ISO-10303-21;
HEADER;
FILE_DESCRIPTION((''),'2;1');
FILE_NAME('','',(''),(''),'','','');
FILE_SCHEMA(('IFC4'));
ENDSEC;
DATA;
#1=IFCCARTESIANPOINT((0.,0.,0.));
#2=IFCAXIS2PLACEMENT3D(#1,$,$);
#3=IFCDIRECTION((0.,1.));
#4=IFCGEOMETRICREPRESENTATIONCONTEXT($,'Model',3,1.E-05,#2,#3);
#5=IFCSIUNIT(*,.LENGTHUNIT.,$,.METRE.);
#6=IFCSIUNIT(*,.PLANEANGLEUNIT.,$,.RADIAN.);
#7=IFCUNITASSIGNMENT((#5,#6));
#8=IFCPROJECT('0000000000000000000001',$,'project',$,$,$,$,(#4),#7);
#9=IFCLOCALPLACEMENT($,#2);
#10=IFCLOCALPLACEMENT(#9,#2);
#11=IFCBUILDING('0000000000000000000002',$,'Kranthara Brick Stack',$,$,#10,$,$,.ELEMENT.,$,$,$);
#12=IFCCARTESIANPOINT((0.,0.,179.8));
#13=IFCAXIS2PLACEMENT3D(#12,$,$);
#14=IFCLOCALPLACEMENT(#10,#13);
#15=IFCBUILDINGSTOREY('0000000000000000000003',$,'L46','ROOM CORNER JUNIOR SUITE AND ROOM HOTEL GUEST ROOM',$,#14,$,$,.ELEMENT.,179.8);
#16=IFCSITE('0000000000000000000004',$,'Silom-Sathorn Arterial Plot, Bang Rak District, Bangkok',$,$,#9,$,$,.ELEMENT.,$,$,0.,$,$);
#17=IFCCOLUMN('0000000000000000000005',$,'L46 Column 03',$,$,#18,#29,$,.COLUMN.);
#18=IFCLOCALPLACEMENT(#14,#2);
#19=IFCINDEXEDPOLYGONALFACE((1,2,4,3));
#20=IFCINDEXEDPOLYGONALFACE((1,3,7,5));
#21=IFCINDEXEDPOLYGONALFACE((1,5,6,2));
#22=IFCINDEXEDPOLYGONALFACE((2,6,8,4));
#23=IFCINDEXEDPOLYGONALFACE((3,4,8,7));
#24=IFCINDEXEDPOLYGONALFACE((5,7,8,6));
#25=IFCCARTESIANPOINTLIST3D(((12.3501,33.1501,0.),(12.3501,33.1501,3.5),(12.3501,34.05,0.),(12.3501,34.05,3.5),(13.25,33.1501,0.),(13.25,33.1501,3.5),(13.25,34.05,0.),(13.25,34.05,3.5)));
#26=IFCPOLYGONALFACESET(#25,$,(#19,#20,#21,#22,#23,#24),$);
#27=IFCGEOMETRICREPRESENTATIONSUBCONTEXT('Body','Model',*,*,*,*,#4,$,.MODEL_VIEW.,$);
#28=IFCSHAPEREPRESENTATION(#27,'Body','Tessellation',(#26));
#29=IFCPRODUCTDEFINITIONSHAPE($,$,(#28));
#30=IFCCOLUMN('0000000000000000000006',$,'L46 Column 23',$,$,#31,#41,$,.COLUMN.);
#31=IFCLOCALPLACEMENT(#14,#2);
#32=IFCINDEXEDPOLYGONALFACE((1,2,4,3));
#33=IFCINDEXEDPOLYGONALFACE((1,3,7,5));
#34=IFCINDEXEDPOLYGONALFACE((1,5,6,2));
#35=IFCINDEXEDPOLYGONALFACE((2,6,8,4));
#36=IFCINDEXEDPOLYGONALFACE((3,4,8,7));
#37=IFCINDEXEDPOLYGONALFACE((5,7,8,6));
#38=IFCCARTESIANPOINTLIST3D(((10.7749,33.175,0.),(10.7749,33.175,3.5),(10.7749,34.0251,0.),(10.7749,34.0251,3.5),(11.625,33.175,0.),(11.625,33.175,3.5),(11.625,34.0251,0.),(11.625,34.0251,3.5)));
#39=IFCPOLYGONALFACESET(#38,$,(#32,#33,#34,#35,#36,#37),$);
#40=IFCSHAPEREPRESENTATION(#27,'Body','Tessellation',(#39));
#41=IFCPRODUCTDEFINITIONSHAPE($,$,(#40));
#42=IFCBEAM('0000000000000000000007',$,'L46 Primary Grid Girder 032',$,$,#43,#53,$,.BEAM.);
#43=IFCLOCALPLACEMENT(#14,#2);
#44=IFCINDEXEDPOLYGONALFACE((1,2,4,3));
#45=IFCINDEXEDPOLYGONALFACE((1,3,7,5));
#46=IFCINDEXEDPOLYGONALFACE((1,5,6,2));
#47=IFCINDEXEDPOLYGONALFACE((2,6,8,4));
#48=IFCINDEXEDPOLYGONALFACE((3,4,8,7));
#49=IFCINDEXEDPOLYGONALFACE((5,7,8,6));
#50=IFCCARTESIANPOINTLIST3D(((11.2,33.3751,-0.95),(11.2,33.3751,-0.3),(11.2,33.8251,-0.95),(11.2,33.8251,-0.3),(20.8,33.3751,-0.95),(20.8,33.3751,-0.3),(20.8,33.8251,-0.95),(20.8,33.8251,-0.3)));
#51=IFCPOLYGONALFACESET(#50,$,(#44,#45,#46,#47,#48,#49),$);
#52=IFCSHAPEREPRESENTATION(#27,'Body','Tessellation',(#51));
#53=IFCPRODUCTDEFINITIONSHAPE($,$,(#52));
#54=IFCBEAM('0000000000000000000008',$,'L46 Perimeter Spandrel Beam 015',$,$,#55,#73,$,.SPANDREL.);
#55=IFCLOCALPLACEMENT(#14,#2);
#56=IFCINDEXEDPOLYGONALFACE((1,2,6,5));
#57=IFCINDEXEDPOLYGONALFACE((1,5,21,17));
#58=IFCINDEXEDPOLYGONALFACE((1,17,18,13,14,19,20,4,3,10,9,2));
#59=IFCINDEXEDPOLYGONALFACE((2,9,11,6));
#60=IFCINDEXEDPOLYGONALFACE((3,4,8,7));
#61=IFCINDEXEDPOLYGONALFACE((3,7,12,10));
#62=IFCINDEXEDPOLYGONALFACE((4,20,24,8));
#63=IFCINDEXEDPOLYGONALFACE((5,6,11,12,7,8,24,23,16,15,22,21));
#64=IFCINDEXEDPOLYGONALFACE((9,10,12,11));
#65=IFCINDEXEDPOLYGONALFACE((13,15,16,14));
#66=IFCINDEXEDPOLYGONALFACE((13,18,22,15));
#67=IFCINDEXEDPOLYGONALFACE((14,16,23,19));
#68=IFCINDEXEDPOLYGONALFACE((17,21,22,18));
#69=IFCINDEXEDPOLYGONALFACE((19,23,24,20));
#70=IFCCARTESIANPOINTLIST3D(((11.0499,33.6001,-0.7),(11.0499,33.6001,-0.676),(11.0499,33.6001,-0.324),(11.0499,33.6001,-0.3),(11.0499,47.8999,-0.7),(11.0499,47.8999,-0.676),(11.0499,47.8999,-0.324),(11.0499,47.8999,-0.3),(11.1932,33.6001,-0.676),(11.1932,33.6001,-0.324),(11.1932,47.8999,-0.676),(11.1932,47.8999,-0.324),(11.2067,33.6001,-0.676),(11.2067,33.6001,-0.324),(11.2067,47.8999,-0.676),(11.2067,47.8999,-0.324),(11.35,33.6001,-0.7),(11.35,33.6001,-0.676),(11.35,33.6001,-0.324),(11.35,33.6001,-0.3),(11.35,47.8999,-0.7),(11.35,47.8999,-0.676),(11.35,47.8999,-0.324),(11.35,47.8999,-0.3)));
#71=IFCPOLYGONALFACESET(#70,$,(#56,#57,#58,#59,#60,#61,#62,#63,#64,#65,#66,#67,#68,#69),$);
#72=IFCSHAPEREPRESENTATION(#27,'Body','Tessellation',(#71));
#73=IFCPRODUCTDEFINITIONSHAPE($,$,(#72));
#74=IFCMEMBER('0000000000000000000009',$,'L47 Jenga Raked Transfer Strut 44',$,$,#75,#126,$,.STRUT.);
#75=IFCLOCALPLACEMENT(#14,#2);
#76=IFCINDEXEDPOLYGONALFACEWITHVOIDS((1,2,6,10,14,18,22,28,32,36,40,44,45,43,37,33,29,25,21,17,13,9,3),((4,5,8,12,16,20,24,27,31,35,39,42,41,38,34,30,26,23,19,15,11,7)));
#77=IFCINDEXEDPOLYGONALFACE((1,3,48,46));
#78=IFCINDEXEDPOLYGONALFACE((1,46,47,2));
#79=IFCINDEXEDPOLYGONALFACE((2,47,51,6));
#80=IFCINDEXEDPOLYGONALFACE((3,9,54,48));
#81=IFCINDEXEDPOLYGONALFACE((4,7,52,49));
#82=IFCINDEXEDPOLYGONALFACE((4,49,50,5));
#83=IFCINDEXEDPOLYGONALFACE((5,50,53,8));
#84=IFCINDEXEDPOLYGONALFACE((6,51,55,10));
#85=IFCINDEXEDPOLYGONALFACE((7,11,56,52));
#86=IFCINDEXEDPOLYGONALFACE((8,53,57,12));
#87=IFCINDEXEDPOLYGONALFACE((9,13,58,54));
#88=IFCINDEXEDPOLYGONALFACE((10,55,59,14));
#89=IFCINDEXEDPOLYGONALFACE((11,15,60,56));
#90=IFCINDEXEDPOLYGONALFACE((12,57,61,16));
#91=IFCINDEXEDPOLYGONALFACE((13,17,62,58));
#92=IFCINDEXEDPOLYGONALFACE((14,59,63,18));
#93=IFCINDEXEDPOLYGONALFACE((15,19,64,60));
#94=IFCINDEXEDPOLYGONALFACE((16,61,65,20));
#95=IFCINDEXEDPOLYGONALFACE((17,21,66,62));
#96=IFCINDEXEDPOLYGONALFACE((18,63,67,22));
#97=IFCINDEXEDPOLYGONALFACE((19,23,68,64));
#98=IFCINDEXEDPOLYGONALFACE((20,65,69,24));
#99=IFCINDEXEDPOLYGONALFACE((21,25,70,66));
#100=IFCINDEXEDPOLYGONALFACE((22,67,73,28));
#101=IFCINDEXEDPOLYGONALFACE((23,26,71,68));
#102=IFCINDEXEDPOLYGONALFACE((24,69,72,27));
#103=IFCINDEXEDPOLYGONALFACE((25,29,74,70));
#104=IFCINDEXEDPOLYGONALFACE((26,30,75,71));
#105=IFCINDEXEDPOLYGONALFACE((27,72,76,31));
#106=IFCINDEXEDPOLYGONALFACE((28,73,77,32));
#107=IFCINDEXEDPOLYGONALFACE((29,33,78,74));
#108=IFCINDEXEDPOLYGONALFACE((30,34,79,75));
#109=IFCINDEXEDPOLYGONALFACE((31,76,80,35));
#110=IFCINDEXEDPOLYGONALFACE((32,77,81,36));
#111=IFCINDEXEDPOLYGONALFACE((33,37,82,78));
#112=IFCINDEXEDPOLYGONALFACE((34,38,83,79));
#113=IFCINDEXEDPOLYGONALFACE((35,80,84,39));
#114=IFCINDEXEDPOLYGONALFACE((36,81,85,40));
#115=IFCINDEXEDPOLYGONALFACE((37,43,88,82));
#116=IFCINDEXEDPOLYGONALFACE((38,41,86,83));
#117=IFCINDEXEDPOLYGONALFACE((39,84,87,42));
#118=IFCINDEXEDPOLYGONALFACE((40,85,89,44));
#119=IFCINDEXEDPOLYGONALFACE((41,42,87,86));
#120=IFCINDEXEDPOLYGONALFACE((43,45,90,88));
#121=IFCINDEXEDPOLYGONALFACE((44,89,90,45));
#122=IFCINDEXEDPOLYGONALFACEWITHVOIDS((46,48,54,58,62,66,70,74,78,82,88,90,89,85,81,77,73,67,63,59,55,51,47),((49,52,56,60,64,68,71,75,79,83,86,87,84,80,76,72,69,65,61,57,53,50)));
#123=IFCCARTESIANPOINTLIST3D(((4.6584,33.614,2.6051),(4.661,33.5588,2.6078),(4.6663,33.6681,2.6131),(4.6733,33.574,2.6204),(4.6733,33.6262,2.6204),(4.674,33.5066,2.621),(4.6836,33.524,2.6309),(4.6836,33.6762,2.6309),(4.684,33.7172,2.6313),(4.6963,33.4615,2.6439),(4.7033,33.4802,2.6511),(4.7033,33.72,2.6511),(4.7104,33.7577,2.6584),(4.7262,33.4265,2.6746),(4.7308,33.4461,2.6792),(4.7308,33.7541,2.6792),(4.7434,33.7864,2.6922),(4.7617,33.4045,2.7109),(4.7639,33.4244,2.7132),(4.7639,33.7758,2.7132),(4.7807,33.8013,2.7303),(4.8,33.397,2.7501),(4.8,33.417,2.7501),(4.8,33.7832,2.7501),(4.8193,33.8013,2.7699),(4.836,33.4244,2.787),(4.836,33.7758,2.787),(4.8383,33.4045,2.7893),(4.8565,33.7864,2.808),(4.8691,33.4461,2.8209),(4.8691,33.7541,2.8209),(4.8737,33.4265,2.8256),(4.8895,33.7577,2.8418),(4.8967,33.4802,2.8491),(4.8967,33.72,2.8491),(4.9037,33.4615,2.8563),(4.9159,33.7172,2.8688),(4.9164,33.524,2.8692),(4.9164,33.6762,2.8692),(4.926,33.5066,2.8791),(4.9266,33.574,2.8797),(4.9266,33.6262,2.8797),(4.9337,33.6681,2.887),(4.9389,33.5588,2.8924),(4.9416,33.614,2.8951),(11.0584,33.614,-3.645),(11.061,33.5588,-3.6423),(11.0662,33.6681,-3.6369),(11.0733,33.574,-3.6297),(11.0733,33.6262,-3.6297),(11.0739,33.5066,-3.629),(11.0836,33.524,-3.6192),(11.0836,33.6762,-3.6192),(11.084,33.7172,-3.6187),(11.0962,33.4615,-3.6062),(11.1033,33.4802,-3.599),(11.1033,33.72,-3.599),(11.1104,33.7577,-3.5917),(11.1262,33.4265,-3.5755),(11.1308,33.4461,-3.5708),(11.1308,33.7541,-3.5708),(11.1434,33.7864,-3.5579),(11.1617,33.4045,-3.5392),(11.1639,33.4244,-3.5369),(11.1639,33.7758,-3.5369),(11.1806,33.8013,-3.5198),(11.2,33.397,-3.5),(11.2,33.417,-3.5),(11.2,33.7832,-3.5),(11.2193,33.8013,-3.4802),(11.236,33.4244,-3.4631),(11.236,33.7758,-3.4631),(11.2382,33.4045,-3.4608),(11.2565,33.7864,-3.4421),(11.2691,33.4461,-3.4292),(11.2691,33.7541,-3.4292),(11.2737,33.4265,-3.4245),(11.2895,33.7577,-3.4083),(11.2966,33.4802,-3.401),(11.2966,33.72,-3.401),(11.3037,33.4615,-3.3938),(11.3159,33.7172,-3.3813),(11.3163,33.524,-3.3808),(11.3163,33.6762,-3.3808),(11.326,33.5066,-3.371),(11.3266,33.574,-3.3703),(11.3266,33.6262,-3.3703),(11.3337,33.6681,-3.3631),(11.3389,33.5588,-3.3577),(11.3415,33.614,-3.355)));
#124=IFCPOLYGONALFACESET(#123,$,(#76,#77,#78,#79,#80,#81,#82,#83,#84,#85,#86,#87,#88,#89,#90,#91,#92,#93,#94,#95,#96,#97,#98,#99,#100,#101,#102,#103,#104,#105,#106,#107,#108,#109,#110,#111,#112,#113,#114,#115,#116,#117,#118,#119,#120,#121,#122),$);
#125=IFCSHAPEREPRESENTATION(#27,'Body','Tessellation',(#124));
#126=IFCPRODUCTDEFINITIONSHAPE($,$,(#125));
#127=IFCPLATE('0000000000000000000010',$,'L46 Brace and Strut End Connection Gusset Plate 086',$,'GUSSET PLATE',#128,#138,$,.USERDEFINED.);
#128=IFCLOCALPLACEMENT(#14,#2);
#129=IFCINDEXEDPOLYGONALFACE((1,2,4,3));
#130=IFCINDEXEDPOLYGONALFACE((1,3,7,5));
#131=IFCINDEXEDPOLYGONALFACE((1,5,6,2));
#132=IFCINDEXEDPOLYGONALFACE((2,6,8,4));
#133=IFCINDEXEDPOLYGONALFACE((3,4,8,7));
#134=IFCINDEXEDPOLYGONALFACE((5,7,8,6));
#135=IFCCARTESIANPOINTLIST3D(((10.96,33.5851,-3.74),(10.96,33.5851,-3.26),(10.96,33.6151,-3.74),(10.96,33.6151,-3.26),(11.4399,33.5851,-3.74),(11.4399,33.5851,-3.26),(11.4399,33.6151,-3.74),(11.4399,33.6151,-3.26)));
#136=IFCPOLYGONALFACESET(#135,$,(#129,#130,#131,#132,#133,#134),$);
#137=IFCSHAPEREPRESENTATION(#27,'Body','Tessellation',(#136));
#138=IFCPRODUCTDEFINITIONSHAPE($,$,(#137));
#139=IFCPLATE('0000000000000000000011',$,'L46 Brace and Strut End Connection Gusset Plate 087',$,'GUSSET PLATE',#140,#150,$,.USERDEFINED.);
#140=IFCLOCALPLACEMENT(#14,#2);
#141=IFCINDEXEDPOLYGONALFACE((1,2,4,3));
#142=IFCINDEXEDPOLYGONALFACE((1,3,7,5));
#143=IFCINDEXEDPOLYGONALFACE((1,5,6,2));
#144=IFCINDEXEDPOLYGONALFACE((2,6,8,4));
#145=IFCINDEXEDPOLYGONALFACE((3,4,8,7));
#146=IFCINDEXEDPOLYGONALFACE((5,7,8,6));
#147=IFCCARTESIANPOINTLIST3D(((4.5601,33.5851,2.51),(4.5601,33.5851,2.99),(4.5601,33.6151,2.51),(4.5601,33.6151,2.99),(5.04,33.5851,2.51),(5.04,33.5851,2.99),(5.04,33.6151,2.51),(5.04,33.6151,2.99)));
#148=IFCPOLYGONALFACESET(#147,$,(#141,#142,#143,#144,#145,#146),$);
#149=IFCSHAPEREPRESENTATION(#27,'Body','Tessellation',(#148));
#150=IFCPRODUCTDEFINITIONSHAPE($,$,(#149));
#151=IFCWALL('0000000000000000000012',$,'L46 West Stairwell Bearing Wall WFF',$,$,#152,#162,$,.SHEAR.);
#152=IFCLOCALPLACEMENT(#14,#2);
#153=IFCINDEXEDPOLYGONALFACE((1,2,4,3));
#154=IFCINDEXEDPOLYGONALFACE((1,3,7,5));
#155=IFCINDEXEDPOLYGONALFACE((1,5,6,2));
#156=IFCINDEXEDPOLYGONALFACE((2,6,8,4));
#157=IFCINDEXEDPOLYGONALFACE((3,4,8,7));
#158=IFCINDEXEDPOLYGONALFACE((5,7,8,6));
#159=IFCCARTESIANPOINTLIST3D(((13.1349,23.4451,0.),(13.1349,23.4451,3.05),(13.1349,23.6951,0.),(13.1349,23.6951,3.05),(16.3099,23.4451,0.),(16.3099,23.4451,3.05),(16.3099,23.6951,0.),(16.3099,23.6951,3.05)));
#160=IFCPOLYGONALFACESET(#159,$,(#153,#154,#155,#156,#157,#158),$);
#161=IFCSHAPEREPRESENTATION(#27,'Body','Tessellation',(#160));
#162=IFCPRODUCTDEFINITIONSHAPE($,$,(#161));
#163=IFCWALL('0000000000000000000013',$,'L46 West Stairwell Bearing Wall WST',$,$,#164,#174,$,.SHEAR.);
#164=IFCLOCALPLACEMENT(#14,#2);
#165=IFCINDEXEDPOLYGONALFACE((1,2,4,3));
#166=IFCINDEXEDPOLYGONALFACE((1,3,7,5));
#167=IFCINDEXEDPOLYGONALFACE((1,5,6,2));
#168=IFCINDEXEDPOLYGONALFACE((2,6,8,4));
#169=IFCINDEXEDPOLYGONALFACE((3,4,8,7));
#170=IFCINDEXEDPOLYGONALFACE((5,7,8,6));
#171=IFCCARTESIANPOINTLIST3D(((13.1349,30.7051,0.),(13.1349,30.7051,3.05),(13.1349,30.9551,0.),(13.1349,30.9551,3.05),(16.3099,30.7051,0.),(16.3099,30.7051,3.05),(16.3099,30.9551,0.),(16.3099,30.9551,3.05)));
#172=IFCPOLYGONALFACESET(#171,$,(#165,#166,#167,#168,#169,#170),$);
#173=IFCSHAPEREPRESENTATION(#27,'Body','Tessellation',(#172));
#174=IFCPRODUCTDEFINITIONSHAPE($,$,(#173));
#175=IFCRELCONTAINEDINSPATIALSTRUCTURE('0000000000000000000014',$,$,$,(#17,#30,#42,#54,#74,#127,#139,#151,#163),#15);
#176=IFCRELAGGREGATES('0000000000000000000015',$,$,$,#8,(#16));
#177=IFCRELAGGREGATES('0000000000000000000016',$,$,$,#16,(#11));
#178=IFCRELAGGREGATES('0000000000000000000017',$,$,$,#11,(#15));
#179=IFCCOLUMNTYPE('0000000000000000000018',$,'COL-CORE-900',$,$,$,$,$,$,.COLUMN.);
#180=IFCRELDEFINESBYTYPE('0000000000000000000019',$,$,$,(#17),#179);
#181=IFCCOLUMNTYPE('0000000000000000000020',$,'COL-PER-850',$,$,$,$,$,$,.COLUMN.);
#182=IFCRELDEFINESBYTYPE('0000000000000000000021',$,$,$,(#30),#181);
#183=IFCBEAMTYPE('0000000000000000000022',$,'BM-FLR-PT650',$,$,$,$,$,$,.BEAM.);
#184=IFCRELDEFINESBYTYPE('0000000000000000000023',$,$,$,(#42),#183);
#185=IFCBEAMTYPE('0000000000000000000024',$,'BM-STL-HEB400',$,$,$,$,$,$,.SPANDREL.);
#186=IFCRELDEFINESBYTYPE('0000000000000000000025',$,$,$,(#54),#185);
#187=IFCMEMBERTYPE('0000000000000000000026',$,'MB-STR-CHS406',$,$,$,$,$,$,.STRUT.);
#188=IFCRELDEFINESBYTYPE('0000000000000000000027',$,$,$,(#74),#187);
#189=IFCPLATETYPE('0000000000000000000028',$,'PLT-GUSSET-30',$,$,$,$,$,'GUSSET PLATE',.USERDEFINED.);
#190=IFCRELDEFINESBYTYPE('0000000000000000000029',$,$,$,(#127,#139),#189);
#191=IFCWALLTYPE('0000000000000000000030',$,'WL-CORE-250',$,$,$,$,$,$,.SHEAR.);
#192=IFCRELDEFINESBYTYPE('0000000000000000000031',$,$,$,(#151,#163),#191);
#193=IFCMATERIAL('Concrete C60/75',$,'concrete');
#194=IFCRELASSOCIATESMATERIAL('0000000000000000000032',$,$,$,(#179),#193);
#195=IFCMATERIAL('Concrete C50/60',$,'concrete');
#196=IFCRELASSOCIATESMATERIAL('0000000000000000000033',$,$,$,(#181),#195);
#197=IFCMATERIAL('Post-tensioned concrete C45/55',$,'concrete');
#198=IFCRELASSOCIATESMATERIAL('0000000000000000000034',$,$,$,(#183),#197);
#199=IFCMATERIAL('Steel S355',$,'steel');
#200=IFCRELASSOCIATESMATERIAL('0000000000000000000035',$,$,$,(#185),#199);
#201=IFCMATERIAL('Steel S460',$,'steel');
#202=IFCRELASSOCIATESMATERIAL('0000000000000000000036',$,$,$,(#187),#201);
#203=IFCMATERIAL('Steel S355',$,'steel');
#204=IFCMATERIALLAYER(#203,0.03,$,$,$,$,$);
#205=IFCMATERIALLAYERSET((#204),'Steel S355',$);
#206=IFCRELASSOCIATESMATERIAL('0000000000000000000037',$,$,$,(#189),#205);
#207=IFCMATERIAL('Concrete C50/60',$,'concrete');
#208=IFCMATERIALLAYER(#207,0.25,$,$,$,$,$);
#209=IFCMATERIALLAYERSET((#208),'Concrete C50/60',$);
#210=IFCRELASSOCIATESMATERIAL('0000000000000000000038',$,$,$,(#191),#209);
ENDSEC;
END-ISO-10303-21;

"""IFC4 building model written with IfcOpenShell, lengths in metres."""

from ifc_helpers import new_model, si_unit, direction, frame, frame_2d, origin, origin_2d, place, context, subcontext, project, spatial, rectangle, hollow_circle, i_section, extrude, material, layer, layer_set, material_profile, profile_set, type_object, element, save


model = new_model("IFC4")

# Units and contexts
model_context = context("Model", 3, precision=1e-05, world=origin(), true_north=direction((0.0, 1.0)))
body_context = subcontext(model_context, "Body", "Model", "MODEL_VIEW")
ifc_project = project(units=[si_unit("LENGTHUNIT", "METRE"), si_unit("PLANEANGLEUNIT", "RADIAN")], contexts=[model_context])

# Site, building, storey
site_placement = place(None, origin())
site = spatial("IfcSite", under=ifc_project, at=site_placement, Name="Silom-Sathorn Arterial Plot, Bang Rak District, Bangkok", CompositionType="ELEMENT", RefElevation=0.0)
building_placement = place(site_placement, origin())
building = spatial("IfcBuilding", under=site, at=building_placement, Name="Kranthara Brick Stack", CompositionType="ELEMENT")
storey_placement = place(building_placement, frame((0.0, 0.0, 179.8)))
storey = spatial("IfcBuildingStorey", under=building, at=storey_placement, Name="L46", Description="ROOM CORNER JUNIOR SUITE AND ROOM HOTEL GUEST ROOM", CompositionType="ELEMENT", Elevation=179.8)

# Columns
ifc_material_1 = material(Name="Concrete C60/75", Category="concrete")
ifc_material_profile_1 = material_profile(ifc_material_1, rectangle(XDim=0.8999, YDim=0.8999, at=origin_2d()), Name="RC 900x900")
ifc_profile_set_1 = profile_set([ifc_material_profile_1], Name="Concrete C60/75")
column_type_1 = type_object("IfcColumnType", Name="COL-CORE-900", PredefinedType="COLUMN", material=ifc_profile_set_1)
column_1_placement = place(storey_placement, frame((12.8, 33.6001, 0.0), z_axis=(0.0, 0.0, 1.0), x_axis=(1.0, 0.0, 0.0)))
element("IfcColumn", 1, at=column_1_placement, inside=storey, type_object=column_type_1, Name="L46 Column 03", PredefinedType="COLUMN", context=body_context, shape_type="SweptSolid", body=[
    extrude(rectangle(XDim=0.8999, YDim=0.8999, at=origin_2d()), origin(), (0.0, 0.0, 1.0), 3.5),
])
ifc_material_2 = material(Name="Concrete C50/60", Category="concrete")
ifc_material_profile_2 = material_profile(ifc_material_2, rectangle(XDim=0.8501, YDim=0.8501, at=origin_2d()), Name="RC 850x850")
ifc_profile_set_2 = profile_set([ifc_material_profile_2], Name="Concrete C50/60")
column_type_2 = type_object("IfcColumnType", Name="COL-PER-850", PredefinedType="COLUMN", material=ifc_profile_set_2)
column_2_placement = place(storey_placement, frame((11.2, 33.6001, 0.0), z_axis=(0.0, 0.0, 1.0), x_axis=(1.0, 0.0, 0.0)))
element("IfcColumn", 2, at=column_2_placement, inside=storey, type_object=column_type_2, Name="L46 Column 23", PredefinedType="COLUMN", context=body_context, shape_type="SweptSolid", body=[
    extrude(rectangle(XDim=0.8501, YDim=0.8501, at=origin_2d()), origin(), (0.0, 0.0, 1.0), 3.5),
])

# Beams
ifc_material_3 = material(Name="Post-tensioned concrete C45/55", Category="concrete")
ifc_material_profile_3 = material_profile(ifc_material_3, rectangle(XDim=0.45, YDim=0.6499, at=origin_2d()), Name="PT 450x650")
ifc_profile_set_3 = profile_set([ifc_material_profile_3], Name="Post-tensioned concrete C45/55")
beam_type_1 = type_object("IfcBeamType", Name="BM-FLR-PT650", PredefinedType="BEAM", material=ifc_profile_set_3)
beam_1_placement = place(storey_placement, frame((11.2, 33.6001, -0.625), z_axis=(1.0, 0.0, 0.0), x_axis=(0.0, 1.0, 0.0)))
element("IfcBeam", 3, at=beam_1_placement, inside=storey, type_object=beam_type_1, Name="L46 Primary Grid Girder 032", PredefinedType="BEAM", context=body_context, shape_type="SweptSolid", body=[
    extrude(rectangle(XDim=0.45, YDim=0.6499, at=origin_2d()), origin(), (0.0, 0.0, 1.0), 9.6001),
])
ifc_material_4 = material(Name="Steel S355", Category="steel")
ifc_material_profile_4 = material_profile(ifc_material_4, i_section(OverallWidth=0.3, OverallDepth=0.3999, WebThickness=0.0134, FlangeThickness=0.0239, at=origin_2d()), Name="HEB 400")
ifc_profile_set_4 = profile_set([ifc_material_profile_4], Name="Steel S355")
beam_type_2 = type_object("IfcBeamType", Name="BM-STL-HEB400", PredefinedType="SPANDREL", material=ifc_profile_set_4)
beam_2_placement = place(storey_placement, frame((11.2, 33.6001, -0.5), z_axis=(0.0, 1.0, 0.0), x_axis=(-1.0, 0.0, 0.0)))
element("IfcBeam", 4, at=beam_2_placement, inside=storey, type_object=beam_type_2, Name="L46 Perimeter Spandrel Beam 015", PredefinedType="SPANDREL", context=body_context, shape_type="SweptSolid", body=[
    extrude(i_section(OverallWidth=0.3, OverallDepth=0.3999, WebThickness=0.0134, FlangeThickness=0.0239, at=origin_2d()), origin(), (0.0, 0.0, 1.0), 14.2998),
])

# Member
ifc_material_5 = material(Name="Steel S460", Category="steel")
ifc_material_profile_5 = material_profile(ifc_material_5, hollow_circle(Radius=0.2031, WallThickness=0.02, at=origin_2d()), Name="CHS 406.4x20")
ifc_profile_set_5 = profile_set([ifc_material_profile_5], Name="Steel S460")
member_type = type_object("IfcMemberType", Name="MB-STR-CHS406", PredefinedType="STRUT", material=ifc_profile_set_5)
member_placement = place(storey_placement, frame((11.2, 33.6001, -3.5), z_axis=(-0.715436, 0.0, 0.698678), x_axis=(0.0, -1.0, 0.0)))
element("IfcMember", 5, at=member_placement, inside=storey, type_object=member_type, Name="L47 Jenga Raked Transfer Strut 44", PredefinedType="STRUT", context=body_context, shape_type="SweptSolid", body=[
    extrude(hollow_circle(Radius=0.2031, WallThickness=0.02, at=origin_2d()), origin(), (0.0, 0.0, 1.0), 8.9456),
])

# Plates
ifc_material_6 = material(Name="Steel S355", Category="steel")
ifc_layer_1 = layer(ifc_material_6, 0.03)
ifc_layer_set_1 = layer_set([ifc_layer_1], Name="Steel S355")
plate_type = type_object("IfcPlateType", Name="PLT-GUSSET-30", ElementType="GUSSET PLATE", PredefinedType="USERDEFINED", material=ifc_layer_set_1)
for number, where, z_axis, x_axis, name in (
    (6, (11.2, 33.6001, -3.74), (0.0, 0.0, 1.0), (1.0, 0.0, 0.0), "L46 Brace and Strut End Connection Gusset Plate 086"),
    (7, (4.8, 33.6001, 2.51), (0.0, 0.0, 1.0), (1.0, 0.0, 0.0), "L46 Brace and Strut End Connection Gusset Plate 087"),
):
    element("IfcPlate", number, at=place(storey_placement, frame(where, z_axis=z_axis, x_axis=x_axis)), inside=storey, type_object=plate_type, Name=name, ObjectType="GUSSET PLATE", PredefinedType="USERDEFINED", context=body_context, shape_type="SweptSolid", body=[
        extrude(rectangle(XDim=0.48, YDim=0.03, at=origin_2d()), origin(), (0.0, 0.0, 1.0), 0.48),
    ])

# Walls
ifc_material_7 = material(Name="Concrete C50/60", Category="concrete")
ifc_layer_2 = layer(ifc_material_7, 0.25)
ifc_layer_set_2 = layer_set([ifc_layer_2], Name="Concrete C50/60")
wall_type_1 = type_object("IfcWallType", Name="WL-CORE-250", PredefinedType="SHEAR", material=ifc_layer_set_2)
for number, where, z_axis, x_axis, name in (
    (8, (13.135, 23.5701, 0.0), (0.0, 0.0, 1.0), (1.0, 0.0, 0.0), "L46 West Stairwell Bearing Wall WFF"),
    (9, (13.135, 30.8301, 0.0), (0.0, 0.0, 1.0), (1.0, 0.0, 0.0), "L46 West Stairwell Bearing Wall WST"),
):
    element("IfcWall", number, at=place(storey_placement, frame(where, z_axis=z_axis, x_axis=x_axis)), inside=storey, type_object=wall_type_1, Name=name, PredefinedType="SHEAR", context=body_context, shape_type="SweptSolid", body=[
        extrude(rectangle(XDim=3.175, YDim=0.25, at=frame_2d((1.5874, 0.0))), origin(), (0.0, 0.0, 1.0), 3.05),
    ])

save(model, "model.ifc")
